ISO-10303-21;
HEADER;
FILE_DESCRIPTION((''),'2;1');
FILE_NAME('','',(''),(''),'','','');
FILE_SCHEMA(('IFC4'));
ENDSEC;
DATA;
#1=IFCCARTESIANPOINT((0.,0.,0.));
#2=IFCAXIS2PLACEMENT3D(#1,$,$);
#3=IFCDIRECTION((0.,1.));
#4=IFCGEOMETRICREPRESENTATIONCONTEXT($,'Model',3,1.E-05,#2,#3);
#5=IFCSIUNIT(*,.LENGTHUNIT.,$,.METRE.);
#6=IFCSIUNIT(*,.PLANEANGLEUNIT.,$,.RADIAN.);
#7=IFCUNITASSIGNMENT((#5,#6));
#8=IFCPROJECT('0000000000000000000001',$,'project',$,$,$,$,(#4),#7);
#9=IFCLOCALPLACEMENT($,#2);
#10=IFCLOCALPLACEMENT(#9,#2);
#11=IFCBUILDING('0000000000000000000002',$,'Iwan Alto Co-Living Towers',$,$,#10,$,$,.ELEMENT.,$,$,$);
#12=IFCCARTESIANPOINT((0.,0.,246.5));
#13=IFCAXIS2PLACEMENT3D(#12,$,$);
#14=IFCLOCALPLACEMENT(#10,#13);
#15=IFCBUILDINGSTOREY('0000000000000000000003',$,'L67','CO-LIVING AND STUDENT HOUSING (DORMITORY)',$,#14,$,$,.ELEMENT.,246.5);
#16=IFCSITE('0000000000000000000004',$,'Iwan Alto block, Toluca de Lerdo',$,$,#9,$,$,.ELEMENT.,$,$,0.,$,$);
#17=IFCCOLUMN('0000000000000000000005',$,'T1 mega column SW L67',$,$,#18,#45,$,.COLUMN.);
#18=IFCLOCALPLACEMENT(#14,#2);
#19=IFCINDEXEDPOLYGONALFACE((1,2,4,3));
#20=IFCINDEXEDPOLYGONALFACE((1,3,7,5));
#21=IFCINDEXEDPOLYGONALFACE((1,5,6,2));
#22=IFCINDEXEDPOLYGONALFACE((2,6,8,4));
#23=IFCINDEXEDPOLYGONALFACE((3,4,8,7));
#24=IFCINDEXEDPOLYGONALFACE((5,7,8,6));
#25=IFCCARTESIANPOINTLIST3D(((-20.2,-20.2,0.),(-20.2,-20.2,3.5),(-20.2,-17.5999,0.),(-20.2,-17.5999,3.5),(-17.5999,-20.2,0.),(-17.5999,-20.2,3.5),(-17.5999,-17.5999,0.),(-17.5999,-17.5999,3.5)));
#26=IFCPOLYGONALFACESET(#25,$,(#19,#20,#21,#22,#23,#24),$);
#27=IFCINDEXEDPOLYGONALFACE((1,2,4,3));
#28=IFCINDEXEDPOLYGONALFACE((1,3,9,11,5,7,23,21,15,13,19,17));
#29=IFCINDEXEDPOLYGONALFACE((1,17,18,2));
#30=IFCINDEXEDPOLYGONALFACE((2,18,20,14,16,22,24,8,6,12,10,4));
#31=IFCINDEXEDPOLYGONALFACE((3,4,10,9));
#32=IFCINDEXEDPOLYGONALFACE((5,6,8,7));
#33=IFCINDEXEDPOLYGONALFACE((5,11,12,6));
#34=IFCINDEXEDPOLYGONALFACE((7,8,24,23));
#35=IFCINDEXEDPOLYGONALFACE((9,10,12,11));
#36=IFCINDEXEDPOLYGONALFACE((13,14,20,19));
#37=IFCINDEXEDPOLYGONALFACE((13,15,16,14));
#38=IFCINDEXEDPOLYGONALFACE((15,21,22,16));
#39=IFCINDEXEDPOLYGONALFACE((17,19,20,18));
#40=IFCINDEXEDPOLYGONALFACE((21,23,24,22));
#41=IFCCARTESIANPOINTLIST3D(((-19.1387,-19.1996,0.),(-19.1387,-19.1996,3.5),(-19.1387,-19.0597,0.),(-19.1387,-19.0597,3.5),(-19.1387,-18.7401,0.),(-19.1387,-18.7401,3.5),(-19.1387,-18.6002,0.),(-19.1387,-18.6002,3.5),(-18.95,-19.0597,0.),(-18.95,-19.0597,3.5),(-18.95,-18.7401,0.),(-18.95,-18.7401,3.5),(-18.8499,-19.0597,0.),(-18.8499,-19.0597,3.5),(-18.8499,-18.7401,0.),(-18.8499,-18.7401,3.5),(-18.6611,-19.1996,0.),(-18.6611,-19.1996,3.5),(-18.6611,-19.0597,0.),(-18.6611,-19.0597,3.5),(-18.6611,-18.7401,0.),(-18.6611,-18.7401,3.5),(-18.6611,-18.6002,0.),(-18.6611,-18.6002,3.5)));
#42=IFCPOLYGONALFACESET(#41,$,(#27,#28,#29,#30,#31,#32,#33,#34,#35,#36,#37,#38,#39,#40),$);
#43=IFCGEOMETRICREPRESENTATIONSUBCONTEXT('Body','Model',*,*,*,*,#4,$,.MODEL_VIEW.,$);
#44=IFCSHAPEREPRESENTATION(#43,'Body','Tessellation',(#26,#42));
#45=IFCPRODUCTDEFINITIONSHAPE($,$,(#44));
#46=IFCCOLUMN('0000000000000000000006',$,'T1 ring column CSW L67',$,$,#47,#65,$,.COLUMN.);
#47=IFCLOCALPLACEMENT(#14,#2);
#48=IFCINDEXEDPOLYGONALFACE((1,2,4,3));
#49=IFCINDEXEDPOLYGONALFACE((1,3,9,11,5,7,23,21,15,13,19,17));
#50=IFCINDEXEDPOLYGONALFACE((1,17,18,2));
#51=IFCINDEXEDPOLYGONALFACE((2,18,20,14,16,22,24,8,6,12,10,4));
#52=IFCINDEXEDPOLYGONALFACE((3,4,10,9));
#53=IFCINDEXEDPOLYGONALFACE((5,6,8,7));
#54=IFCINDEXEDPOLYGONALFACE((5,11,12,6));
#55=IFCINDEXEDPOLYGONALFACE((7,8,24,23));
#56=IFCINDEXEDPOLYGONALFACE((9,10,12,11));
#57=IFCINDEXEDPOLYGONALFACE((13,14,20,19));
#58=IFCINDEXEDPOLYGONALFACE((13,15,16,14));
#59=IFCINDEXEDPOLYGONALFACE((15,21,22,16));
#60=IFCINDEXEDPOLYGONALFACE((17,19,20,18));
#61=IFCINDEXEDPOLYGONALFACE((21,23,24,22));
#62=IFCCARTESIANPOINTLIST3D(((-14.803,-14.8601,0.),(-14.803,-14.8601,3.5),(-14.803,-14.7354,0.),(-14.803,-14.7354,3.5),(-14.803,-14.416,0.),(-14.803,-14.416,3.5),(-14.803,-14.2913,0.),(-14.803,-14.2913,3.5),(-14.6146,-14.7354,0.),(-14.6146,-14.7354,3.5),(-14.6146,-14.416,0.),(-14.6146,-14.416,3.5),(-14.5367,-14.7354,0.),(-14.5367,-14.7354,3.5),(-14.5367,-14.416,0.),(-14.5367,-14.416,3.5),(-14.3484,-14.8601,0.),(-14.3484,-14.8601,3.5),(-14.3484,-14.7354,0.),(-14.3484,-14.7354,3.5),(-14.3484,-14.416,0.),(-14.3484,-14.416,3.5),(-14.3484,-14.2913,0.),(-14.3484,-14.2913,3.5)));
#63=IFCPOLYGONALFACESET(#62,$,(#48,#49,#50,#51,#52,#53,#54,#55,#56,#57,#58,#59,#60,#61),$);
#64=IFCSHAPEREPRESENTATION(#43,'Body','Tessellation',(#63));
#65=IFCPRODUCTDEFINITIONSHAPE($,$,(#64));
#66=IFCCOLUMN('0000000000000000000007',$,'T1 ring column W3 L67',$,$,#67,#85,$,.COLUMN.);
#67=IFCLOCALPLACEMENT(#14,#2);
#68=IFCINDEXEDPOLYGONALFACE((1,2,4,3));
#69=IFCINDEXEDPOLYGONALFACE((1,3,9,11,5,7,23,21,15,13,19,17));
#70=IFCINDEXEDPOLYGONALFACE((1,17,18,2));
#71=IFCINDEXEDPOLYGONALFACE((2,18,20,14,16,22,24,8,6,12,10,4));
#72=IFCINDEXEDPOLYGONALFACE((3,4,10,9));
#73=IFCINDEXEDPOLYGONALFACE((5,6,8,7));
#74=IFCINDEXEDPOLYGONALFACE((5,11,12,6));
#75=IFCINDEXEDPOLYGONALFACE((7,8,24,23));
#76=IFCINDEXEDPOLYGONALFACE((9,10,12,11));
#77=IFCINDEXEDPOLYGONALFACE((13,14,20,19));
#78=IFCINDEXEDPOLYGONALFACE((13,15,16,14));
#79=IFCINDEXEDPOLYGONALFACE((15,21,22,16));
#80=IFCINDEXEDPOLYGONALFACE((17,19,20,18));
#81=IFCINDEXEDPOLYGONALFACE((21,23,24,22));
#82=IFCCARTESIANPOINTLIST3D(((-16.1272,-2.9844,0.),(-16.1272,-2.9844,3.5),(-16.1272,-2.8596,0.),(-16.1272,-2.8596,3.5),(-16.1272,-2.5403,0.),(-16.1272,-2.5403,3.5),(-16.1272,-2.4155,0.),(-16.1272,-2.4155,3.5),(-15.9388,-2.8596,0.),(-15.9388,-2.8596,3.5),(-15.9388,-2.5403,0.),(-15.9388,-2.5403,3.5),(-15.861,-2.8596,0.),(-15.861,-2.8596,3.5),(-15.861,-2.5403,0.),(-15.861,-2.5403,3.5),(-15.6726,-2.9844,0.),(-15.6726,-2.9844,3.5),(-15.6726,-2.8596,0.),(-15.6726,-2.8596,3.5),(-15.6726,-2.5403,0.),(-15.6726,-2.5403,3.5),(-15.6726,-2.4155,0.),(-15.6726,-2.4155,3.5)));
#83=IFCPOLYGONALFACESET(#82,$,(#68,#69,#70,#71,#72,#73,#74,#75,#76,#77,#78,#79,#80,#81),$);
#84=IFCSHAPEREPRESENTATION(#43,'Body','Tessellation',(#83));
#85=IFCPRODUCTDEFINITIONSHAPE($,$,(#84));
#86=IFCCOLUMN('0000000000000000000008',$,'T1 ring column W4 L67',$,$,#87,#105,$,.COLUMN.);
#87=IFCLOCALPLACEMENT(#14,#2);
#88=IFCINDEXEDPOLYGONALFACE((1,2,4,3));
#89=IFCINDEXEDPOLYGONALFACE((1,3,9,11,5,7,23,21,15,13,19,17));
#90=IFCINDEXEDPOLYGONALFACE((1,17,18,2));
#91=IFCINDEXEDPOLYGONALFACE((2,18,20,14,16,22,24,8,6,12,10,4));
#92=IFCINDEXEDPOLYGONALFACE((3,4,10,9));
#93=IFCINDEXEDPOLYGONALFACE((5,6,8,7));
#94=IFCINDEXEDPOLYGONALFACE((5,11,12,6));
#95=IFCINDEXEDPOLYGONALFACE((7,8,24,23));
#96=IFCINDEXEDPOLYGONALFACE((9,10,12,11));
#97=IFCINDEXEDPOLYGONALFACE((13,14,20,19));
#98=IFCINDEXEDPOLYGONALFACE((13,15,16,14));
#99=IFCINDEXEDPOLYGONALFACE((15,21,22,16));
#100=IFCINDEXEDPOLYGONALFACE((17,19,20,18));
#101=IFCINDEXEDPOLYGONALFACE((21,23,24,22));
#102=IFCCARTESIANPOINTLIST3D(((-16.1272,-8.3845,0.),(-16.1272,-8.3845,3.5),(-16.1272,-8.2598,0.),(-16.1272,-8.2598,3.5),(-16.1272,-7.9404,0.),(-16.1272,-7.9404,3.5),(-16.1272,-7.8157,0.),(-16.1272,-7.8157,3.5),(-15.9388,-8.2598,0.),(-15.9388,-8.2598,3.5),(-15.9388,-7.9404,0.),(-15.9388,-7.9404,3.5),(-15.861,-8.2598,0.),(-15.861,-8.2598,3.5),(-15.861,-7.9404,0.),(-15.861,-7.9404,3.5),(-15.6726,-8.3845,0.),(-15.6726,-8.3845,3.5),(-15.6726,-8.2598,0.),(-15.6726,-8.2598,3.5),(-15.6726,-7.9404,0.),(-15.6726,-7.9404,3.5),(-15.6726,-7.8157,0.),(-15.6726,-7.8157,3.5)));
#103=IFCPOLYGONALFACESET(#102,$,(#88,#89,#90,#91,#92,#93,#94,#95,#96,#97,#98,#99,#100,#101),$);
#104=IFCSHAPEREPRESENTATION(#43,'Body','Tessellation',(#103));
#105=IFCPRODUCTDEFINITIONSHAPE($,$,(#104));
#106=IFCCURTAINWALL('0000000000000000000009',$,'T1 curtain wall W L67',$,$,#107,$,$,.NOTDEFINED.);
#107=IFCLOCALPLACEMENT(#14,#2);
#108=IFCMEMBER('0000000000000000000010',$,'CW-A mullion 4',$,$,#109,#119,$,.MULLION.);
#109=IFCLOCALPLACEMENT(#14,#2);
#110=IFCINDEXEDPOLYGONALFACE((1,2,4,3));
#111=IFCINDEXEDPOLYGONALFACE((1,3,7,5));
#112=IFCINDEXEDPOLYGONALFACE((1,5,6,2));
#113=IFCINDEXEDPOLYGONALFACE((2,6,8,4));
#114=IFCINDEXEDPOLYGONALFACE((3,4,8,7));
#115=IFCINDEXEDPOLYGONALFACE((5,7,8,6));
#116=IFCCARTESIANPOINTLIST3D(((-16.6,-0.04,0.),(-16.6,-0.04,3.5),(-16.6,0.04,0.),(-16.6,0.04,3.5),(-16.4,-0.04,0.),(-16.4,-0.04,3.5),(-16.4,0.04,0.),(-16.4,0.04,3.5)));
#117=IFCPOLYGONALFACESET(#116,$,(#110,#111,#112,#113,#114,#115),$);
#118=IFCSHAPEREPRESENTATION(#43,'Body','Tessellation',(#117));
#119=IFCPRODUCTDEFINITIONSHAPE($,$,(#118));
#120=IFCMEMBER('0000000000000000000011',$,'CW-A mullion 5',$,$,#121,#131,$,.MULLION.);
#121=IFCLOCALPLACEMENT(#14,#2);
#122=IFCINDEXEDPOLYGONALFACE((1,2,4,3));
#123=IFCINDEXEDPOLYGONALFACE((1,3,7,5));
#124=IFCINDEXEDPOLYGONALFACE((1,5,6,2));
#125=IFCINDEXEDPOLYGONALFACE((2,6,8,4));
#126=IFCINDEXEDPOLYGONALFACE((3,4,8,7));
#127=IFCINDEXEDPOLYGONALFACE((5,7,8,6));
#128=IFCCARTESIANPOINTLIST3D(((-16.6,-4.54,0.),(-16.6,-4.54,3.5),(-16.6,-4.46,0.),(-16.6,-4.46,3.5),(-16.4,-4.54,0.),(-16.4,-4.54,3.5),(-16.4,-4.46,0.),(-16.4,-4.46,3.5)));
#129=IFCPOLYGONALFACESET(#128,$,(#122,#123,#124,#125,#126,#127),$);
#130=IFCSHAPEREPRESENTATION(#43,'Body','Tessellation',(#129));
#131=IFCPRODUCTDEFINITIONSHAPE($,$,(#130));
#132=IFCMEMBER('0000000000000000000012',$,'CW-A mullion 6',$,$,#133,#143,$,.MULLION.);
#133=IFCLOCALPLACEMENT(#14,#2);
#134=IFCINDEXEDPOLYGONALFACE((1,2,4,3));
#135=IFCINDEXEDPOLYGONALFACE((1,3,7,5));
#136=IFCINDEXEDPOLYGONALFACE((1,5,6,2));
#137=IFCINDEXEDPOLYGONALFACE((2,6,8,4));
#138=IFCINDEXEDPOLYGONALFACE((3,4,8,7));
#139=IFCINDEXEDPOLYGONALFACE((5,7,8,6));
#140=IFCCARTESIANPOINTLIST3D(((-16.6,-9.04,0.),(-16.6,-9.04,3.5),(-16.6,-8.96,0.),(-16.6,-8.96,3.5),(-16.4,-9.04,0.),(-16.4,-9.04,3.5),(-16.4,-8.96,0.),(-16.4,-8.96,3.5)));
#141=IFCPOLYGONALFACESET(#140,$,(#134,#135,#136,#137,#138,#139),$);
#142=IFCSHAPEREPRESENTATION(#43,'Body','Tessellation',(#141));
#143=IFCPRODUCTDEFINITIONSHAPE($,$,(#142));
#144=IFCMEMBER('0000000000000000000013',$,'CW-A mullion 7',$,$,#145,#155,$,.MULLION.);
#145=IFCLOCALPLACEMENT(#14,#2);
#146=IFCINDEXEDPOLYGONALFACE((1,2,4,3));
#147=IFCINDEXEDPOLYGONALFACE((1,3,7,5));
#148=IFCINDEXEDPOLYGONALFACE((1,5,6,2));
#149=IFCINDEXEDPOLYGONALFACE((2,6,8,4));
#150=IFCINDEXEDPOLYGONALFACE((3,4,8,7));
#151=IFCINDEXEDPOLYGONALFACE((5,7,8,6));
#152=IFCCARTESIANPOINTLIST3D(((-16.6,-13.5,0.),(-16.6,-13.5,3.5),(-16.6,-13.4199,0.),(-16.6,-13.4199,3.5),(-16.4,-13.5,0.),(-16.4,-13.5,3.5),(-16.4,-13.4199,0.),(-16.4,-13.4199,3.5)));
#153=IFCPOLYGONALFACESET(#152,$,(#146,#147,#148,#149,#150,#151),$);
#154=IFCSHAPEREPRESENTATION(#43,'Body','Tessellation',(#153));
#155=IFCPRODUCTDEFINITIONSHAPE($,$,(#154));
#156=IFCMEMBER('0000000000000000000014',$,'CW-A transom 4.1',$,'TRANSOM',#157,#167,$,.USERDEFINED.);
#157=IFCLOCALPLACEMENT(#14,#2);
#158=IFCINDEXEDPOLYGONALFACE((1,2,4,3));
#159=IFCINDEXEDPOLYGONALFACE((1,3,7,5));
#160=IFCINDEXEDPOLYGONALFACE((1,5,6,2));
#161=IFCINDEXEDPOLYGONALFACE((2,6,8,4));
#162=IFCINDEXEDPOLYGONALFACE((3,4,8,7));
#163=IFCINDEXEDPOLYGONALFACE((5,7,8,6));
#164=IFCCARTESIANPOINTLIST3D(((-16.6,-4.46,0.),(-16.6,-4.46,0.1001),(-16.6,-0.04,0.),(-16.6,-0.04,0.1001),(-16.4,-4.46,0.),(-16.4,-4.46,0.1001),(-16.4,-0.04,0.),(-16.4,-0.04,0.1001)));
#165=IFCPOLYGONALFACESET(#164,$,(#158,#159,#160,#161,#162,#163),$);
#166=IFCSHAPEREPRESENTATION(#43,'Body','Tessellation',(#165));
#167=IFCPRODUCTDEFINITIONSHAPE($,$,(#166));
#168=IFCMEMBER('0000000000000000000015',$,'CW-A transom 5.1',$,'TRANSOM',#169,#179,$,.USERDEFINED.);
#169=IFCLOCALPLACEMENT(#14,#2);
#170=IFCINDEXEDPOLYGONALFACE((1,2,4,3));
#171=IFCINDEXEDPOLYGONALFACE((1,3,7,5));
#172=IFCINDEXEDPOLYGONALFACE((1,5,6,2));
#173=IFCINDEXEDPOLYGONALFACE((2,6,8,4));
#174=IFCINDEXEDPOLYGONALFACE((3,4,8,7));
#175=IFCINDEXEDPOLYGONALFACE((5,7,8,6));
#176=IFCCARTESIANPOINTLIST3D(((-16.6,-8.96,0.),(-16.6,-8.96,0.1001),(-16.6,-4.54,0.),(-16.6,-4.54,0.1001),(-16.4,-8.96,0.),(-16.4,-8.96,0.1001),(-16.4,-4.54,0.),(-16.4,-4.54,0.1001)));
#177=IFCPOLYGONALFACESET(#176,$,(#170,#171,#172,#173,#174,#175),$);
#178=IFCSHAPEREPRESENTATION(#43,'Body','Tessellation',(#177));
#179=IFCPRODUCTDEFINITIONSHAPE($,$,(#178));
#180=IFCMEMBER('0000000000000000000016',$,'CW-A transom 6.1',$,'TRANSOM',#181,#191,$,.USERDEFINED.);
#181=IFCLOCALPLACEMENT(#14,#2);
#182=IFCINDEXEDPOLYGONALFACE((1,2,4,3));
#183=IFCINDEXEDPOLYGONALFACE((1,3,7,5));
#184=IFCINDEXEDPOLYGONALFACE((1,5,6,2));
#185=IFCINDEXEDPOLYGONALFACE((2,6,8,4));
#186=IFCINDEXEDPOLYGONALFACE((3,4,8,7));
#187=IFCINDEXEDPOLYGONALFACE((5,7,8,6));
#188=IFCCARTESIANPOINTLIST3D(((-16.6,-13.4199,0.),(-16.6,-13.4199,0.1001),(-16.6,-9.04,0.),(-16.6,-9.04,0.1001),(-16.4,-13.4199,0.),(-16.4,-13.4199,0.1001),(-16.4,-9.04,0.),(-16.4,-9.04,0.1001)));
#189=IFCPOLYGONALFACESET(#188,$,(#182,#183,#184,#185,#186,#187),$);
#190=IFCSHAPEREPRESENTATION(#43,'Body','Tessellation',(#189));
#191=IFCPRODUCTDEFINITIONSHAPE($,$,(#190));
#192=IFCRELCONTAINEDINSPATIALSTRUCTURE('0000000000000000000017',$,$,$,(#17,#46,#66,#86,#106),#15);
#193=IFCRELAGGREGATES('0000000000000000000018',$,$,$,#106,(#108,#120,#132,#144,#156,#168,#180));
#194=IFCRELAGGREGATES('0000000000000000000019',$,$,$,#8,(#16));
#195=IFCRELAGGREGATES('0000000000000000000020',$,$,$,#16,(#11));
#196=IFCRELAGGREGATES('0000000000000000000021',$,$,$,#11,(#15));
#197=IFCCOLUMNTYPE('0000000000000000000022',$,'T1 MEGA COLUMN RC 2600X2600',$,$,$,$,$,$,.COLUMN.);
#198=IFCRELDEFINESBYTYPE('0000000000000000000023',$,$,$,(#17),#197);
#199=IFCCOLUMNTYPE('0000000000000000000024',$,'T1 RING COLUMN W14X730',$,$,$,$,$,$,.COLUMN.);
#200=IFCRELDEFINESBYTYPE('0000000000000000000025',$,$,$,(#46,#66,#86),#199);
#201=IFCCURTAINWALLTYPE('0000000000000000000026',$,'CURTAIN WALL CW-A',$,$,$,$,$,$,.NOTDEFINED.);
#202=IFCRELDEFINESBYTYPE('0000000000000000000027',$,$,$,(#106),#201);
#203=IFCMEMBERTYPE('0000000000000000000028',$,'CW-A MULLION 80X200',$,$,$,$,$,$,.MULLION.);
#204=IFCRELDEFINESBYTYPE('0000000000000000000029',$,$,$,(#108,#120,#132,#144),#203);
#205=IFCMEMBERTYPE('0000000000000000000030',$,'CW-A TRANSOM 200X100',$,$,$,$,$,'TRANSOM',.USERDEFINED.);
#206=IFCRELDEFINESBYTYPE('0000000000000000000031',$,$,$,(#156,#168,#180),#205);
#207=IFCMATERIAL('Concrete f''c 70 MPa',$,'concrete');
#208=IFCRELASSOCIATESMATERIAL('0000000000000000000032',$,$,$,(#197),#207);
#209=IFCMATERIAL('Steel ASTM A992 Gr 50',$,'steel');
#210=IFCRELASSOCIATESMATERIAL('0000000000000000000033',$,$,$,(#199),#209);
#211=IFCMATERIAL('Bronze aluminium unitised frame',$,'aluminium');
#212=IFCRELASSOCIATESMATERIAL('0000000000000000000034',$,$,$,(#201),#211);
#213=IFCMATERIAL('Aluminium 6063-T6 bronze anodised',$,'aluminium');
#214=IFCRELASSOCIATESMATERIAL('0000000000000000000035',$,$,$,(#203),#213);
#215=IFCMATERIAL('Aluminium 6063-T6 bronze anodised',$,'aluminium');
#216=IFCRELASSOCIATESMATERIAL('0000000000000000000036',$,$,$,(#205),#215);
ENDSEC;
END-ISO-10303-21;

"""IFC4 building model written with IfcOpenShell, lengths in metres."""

from ifc_helpers import new_model, si_unit, direction, frame, origin, origin_2d, place, context, subcontext, project, spatial, rectangle, i_section, extrude, material, material_profile, profile_set, type_object, element, aggregate, save


model = new_model("IFC4")

# Units and contexts
model_context = context("Model", 3, precision=1e-05, world=origin(), true_north=direction((0.0, 1.0)))
body_context = subcontext(model_context, "Body", "Model", "MODEL_VIEW")
ifc_project = project(units=[si_unit("LENGTHUNIT", "METRE"), si_unit("PLANEANGLEUNIT", "RADIAN")], contexts=[model_context])

# Site, building, storey
site_placement = place(None, origin())
site = spatial("IfcSite", under=ifc_project, at=site_placement, Name="Iwan Alto block, Toluca de Lerdo", CompositionType="ELEMENT", RefElevation=0.0)
building_placement = place(site_placement, origin())
building = spatial("IfcBuilding", under=site, at=building_placement, Name="Iwan Alto Co-Living Towers", CompositionType="ELEMENT")
storey_placement = place(building_placement, frame((0.0, 0.0, 246.5)))
storey = spatial("IfcBuildingStorey", under=building, at=storey_placement, Name="L67", Description="CO-LIVING AND STUDENT HOUSING (DORMITORY)", CompositionType="ELEMENT", Elevation=246.5)

# Columns
ifc_material_1 = material(Name="Concrete f'c 70 MPa", Category="concrete")
ifc_material_profile_1 = material_profile(ifc_material_1, rectangle(XDim=2.6001, YDim=2.6001, at=origin_2d()), Name="RC 2600X2600")
ifc_profile_set_1 = profile_set([ifc_material_profile_1], Name="Concrete f'c 70 MPa")
column_type_1 = type_object("IfcColumnType", Name="T1 MEGA COLUMN RC 2600X2600", PredefinedType="COLUMN", material=ifc_profile_set_1)
column_placement = place(storey_placement, frame((-18.8999, -18.8999, 0.0), z_axis=(0.0, 0.0, 1.0), x_axis=(1.0, 0.0, 0.0)))
element("IfcColumn", 1, at=column_placement, inside=storey, type_object=column_type_1, Name="T1 mega column SW L67", PredefinedType="COLUMN", context=body_context, shape_type="SweptSolid", body=[
    extrude(rectangle(XDim=2.6001, YDim=2.6001, at=origin_2d()), origin(), (0.0, 0.0, 1.0), 3.5),
    extrude(i_section(OverallWidth=0.4775, OverallDepth=0.5994, WebThickness=0.1001, FlangeThickness=0.1399, at=origin_2d()), origin(), (0.0, 0.0, 1.0), 3.5),
])
ifc_material_2 = material(Name="Steel ASTM A992 Gr 50", Category="steel")
ifc_material_profile_2 = material_profile(ifc_material_2, i_section(OverallWidth=0.4546, OverallDepth=0.5688, WebThickness=0.0779, FlangeThickness=0.1248, at=origin_2d()), Name="W14X730")
ifc_profile_set_2 = profile_set([ifc_material_profile_2], Name="Steel ASTM A992 Gr 50")
column_type_2 = type_object("IfcColumnType", Name="T1 RING COLUMN W14X730", PredefinedType="COLUMN", material=ifc_profile_set_2)
for number, where, z_axis, x_axis, name in (
    (2, (-14.5757, -14.5757, 0.0), (0.0, 0.0, 1.0), (1.0, 0.0, 0.0), "T1 ring column CSW L67"),
    (3, (-15.8999, -2.7, 0.0), (0.0, 0.0, 1.0), (1.0, 0.0, 0.0), "T1 ring column W3 L67"),
    (4, (-15.8999, -8.1001, 0.0), (0.0, 0.0, 1.0), (1.0, 0.0, 0.0), "T1 ring column W4 L67"),
):
    element("IfcColumn", number, at=place(storey_placement, frame(where, z_axis=z_axis, x_axis=x_axis)), inside=storey, type_object=column_type_2, Name=name, PredefinedType="COLUMN", context=body_context, shape_type="SweptSolid", body=[
        extrude(i_section(OverallWidth=0.4546, OverallDepth=0.5688, WebThickness=0.0779, FlangeThickness=0.1248, at=origin_2d()), origin(), (0.0, 0.0, 1.0), 3.5),
    ])

# Curtain wall, members
ifc_material_3 = material(Name="Bronze aluminium unitised frame", Category="aluminium")
curtain_wall_type_1 = type_object("IfcCurtainWallType", Name="CURTAIN WALL CW-A", PredefinedType="NOTDEFINED", material=ifc_material_3)
curtain_wall_1_placement = place(storey_placement, origin())
curtain_wall_1 = element("IfcCurtainWall", 5, at=curtain_wall_1_placement, inside=storey, type_object=curtain_wall_type_1, Name="T1 curtain wall W L67", PredefinedType="NOTDEFINED")
ifc_material_4 = material(Name="Aluminium 6063-T6 bronze anodised", Category="aluminium")
ifc_material_profile_3 = material_profile(ifc_material_4, rectangle(XDim=0.2, YDim=0.0801, at=origin_2d()), Name="AL 80X200")
ifc_profile_set_3 = profile_set([ifc_material_profile_3], Name="Aluminium 6063-T6 bronze anodised")
member_type_1 = type_object("IfcMemberType", Name="CW-A MULLION 80X200", PredefinedType="MULLION", material=ifc_profile_set_3)
member_1_placement = place(storey_placement, frame((-16.5, 0.0, 0.0), z_axis=(0.0, 0.0, 1.0), x_axis=(1.0, 0.0, 0.0)))
member_1 = element("IfcMember", 6, at=member_1_placement, type_object=member_type_1, Name="CW-A mullion 4", PredefinedType="MULLION", context=body_context, shape_type="SweptSolid", body=[
    extrude(rectangle(XDim=0.2, YDim=0.0801, at=origin_2d()), origin(), (0.0, 0.0, 1.0), 3.5),
])
member_2_placement = place(storey_placement, frame((-16.5, -4.5, 0.0), z_axis=(0.0, 0.0, 1.0), x_axis=(1.0, 0.0, 0.0)))
member_2 = element("IfcMember", 7, at=member_2_placement, type_object=member_type_1, Name="CW-A mullion 5", PredefinedType="MULLION", context=body_context, shape_type="SweptSolid", body=[
    extrude(rectangle(XDim=0.2, YDim=0.0801, at=origin_2d()), origin(), (0.0, 0.0, 1.0), 3.5),
])
member_3_placement = place(storey_placement, frame((-16.5, -9.0, 0.0), z_axis=(0.0, 0.0, 1.0), x_axis=(1.0, 0.0, 0.0)))
member_3 = element("IfcMember", 8, at=member_3_placement, type_object=member_type_1, Name="CW-A mullion 6", PredefinedType="MULLION", context=body_context, shape_type="SweptSolid", body=[
    extrude(rectangle(XDim=0.2, YDim=0.0801, at=origin_2d()), origin(), (0.0, 0.0, 1.0), 3.5),
])
member_4_placement = place(storey_placement, frame((-16.5, -13.46, 0.0), z_axis=(0.0, 0.0, 1.0), x_axis=(1.0, 0.0, 0.0)))
member_4 = element("IfcMember", 9, at=member_4_placement, type_object=member_type_1, Name="CW-A mullion 7", PredefinedType="MULLION", context=body_context, shape_type="SweptSolid", body=[
    extrude(rectangle(XDim=0.2, YDim=0.0801, at=origin_2d()), origin(), (0.0, 0.0, 1.0), 3.5),
])
ifc_material_5 = material(Name="Aluminium 6063-T6 bronze anodised", Category="aluminium")
ifc_material_profile_4 = material_profile(ifc_material_5, rectangle(XDim=0.2, YDim=0.1001, at=origin_2d()), Name="AL 200X100")
ifc_profile_set_4 = profile_set([ifc_material_profile_4], Name="Aluminium 6063-T6 bronze anodised")
member_type_2 = type_object("IfcMemberType", Name="CW-A TRANSOM 200X100", ElementType="TRANSOM", PredefinedType="USERDEFINED", material=ifc_profile_set_4)
member_5_placement = place(storey_placement, frame((-16.5, -0.04, 0.05), z_axis=(0.0, -1.0, 0.0), x_axis=(1.0, 0.0, 0.0)))
member_5 = element("IfcMember", 10, at=member_5_placement, type_object=member_type_2, Name="CW-A transom 4.1", ObjectType="TRANSOM", PredefinedType="USERDEFINED", context=body_context, shape_type="SweptSolid", body=[
    extrude(rectangle(XDim=0.2, YDim=0.1001, at=origin_2d()), origin(), (0.0, 0.0, 1.0), 4.4199),
])
member_6_placement = place(storey_placement, frame((-16.5, -4.54, 0.05), z_axis=(0.0, -1.0, 0.0), x_axis=(1.0, 0.0, 0.0)))
member_6 = element("IfcMember", 11, at=member_6_placement, type_object=member_type_2, Name="CW-A transom 5.1", ObjectType="TRANSOM", PredefinedType="USERDEFINED", context=body_context, shape_type="SweptSolid", body=[
    extrude(rectangle(XDim=0.2, YDim=0.1001, at=origin_2d()), origin(), (0.0, 0.0, 1.0), 4.4199),
])
member_7_placement = place(storey_placement, frame((-16.5, -9.04, 0.05), z_axis=(0.0, -1.0, 0.0), x_axis=(1.0, 0.0, 0.0)))
member_7 = element("IfcMember", 12, at=member_7_placement, type_object=member_type_2, Name="CW-A transom 6.1", ObjectType="TRANSOM", PredefinedType="USERDEFINED", context=body_context, shape_type="SweptSolid", body=[
    extrude(rectangle(XDim=0.2, YDim=0.1001, at=origin_2d()), origin(), (0.0, 0.0, 1.0), 4.3799),
])

aggregate(curtain_wall_1, [member_1, member_2, member_3, member_4, member_5, member_6, member_7])

save(model, "model.ifc")
